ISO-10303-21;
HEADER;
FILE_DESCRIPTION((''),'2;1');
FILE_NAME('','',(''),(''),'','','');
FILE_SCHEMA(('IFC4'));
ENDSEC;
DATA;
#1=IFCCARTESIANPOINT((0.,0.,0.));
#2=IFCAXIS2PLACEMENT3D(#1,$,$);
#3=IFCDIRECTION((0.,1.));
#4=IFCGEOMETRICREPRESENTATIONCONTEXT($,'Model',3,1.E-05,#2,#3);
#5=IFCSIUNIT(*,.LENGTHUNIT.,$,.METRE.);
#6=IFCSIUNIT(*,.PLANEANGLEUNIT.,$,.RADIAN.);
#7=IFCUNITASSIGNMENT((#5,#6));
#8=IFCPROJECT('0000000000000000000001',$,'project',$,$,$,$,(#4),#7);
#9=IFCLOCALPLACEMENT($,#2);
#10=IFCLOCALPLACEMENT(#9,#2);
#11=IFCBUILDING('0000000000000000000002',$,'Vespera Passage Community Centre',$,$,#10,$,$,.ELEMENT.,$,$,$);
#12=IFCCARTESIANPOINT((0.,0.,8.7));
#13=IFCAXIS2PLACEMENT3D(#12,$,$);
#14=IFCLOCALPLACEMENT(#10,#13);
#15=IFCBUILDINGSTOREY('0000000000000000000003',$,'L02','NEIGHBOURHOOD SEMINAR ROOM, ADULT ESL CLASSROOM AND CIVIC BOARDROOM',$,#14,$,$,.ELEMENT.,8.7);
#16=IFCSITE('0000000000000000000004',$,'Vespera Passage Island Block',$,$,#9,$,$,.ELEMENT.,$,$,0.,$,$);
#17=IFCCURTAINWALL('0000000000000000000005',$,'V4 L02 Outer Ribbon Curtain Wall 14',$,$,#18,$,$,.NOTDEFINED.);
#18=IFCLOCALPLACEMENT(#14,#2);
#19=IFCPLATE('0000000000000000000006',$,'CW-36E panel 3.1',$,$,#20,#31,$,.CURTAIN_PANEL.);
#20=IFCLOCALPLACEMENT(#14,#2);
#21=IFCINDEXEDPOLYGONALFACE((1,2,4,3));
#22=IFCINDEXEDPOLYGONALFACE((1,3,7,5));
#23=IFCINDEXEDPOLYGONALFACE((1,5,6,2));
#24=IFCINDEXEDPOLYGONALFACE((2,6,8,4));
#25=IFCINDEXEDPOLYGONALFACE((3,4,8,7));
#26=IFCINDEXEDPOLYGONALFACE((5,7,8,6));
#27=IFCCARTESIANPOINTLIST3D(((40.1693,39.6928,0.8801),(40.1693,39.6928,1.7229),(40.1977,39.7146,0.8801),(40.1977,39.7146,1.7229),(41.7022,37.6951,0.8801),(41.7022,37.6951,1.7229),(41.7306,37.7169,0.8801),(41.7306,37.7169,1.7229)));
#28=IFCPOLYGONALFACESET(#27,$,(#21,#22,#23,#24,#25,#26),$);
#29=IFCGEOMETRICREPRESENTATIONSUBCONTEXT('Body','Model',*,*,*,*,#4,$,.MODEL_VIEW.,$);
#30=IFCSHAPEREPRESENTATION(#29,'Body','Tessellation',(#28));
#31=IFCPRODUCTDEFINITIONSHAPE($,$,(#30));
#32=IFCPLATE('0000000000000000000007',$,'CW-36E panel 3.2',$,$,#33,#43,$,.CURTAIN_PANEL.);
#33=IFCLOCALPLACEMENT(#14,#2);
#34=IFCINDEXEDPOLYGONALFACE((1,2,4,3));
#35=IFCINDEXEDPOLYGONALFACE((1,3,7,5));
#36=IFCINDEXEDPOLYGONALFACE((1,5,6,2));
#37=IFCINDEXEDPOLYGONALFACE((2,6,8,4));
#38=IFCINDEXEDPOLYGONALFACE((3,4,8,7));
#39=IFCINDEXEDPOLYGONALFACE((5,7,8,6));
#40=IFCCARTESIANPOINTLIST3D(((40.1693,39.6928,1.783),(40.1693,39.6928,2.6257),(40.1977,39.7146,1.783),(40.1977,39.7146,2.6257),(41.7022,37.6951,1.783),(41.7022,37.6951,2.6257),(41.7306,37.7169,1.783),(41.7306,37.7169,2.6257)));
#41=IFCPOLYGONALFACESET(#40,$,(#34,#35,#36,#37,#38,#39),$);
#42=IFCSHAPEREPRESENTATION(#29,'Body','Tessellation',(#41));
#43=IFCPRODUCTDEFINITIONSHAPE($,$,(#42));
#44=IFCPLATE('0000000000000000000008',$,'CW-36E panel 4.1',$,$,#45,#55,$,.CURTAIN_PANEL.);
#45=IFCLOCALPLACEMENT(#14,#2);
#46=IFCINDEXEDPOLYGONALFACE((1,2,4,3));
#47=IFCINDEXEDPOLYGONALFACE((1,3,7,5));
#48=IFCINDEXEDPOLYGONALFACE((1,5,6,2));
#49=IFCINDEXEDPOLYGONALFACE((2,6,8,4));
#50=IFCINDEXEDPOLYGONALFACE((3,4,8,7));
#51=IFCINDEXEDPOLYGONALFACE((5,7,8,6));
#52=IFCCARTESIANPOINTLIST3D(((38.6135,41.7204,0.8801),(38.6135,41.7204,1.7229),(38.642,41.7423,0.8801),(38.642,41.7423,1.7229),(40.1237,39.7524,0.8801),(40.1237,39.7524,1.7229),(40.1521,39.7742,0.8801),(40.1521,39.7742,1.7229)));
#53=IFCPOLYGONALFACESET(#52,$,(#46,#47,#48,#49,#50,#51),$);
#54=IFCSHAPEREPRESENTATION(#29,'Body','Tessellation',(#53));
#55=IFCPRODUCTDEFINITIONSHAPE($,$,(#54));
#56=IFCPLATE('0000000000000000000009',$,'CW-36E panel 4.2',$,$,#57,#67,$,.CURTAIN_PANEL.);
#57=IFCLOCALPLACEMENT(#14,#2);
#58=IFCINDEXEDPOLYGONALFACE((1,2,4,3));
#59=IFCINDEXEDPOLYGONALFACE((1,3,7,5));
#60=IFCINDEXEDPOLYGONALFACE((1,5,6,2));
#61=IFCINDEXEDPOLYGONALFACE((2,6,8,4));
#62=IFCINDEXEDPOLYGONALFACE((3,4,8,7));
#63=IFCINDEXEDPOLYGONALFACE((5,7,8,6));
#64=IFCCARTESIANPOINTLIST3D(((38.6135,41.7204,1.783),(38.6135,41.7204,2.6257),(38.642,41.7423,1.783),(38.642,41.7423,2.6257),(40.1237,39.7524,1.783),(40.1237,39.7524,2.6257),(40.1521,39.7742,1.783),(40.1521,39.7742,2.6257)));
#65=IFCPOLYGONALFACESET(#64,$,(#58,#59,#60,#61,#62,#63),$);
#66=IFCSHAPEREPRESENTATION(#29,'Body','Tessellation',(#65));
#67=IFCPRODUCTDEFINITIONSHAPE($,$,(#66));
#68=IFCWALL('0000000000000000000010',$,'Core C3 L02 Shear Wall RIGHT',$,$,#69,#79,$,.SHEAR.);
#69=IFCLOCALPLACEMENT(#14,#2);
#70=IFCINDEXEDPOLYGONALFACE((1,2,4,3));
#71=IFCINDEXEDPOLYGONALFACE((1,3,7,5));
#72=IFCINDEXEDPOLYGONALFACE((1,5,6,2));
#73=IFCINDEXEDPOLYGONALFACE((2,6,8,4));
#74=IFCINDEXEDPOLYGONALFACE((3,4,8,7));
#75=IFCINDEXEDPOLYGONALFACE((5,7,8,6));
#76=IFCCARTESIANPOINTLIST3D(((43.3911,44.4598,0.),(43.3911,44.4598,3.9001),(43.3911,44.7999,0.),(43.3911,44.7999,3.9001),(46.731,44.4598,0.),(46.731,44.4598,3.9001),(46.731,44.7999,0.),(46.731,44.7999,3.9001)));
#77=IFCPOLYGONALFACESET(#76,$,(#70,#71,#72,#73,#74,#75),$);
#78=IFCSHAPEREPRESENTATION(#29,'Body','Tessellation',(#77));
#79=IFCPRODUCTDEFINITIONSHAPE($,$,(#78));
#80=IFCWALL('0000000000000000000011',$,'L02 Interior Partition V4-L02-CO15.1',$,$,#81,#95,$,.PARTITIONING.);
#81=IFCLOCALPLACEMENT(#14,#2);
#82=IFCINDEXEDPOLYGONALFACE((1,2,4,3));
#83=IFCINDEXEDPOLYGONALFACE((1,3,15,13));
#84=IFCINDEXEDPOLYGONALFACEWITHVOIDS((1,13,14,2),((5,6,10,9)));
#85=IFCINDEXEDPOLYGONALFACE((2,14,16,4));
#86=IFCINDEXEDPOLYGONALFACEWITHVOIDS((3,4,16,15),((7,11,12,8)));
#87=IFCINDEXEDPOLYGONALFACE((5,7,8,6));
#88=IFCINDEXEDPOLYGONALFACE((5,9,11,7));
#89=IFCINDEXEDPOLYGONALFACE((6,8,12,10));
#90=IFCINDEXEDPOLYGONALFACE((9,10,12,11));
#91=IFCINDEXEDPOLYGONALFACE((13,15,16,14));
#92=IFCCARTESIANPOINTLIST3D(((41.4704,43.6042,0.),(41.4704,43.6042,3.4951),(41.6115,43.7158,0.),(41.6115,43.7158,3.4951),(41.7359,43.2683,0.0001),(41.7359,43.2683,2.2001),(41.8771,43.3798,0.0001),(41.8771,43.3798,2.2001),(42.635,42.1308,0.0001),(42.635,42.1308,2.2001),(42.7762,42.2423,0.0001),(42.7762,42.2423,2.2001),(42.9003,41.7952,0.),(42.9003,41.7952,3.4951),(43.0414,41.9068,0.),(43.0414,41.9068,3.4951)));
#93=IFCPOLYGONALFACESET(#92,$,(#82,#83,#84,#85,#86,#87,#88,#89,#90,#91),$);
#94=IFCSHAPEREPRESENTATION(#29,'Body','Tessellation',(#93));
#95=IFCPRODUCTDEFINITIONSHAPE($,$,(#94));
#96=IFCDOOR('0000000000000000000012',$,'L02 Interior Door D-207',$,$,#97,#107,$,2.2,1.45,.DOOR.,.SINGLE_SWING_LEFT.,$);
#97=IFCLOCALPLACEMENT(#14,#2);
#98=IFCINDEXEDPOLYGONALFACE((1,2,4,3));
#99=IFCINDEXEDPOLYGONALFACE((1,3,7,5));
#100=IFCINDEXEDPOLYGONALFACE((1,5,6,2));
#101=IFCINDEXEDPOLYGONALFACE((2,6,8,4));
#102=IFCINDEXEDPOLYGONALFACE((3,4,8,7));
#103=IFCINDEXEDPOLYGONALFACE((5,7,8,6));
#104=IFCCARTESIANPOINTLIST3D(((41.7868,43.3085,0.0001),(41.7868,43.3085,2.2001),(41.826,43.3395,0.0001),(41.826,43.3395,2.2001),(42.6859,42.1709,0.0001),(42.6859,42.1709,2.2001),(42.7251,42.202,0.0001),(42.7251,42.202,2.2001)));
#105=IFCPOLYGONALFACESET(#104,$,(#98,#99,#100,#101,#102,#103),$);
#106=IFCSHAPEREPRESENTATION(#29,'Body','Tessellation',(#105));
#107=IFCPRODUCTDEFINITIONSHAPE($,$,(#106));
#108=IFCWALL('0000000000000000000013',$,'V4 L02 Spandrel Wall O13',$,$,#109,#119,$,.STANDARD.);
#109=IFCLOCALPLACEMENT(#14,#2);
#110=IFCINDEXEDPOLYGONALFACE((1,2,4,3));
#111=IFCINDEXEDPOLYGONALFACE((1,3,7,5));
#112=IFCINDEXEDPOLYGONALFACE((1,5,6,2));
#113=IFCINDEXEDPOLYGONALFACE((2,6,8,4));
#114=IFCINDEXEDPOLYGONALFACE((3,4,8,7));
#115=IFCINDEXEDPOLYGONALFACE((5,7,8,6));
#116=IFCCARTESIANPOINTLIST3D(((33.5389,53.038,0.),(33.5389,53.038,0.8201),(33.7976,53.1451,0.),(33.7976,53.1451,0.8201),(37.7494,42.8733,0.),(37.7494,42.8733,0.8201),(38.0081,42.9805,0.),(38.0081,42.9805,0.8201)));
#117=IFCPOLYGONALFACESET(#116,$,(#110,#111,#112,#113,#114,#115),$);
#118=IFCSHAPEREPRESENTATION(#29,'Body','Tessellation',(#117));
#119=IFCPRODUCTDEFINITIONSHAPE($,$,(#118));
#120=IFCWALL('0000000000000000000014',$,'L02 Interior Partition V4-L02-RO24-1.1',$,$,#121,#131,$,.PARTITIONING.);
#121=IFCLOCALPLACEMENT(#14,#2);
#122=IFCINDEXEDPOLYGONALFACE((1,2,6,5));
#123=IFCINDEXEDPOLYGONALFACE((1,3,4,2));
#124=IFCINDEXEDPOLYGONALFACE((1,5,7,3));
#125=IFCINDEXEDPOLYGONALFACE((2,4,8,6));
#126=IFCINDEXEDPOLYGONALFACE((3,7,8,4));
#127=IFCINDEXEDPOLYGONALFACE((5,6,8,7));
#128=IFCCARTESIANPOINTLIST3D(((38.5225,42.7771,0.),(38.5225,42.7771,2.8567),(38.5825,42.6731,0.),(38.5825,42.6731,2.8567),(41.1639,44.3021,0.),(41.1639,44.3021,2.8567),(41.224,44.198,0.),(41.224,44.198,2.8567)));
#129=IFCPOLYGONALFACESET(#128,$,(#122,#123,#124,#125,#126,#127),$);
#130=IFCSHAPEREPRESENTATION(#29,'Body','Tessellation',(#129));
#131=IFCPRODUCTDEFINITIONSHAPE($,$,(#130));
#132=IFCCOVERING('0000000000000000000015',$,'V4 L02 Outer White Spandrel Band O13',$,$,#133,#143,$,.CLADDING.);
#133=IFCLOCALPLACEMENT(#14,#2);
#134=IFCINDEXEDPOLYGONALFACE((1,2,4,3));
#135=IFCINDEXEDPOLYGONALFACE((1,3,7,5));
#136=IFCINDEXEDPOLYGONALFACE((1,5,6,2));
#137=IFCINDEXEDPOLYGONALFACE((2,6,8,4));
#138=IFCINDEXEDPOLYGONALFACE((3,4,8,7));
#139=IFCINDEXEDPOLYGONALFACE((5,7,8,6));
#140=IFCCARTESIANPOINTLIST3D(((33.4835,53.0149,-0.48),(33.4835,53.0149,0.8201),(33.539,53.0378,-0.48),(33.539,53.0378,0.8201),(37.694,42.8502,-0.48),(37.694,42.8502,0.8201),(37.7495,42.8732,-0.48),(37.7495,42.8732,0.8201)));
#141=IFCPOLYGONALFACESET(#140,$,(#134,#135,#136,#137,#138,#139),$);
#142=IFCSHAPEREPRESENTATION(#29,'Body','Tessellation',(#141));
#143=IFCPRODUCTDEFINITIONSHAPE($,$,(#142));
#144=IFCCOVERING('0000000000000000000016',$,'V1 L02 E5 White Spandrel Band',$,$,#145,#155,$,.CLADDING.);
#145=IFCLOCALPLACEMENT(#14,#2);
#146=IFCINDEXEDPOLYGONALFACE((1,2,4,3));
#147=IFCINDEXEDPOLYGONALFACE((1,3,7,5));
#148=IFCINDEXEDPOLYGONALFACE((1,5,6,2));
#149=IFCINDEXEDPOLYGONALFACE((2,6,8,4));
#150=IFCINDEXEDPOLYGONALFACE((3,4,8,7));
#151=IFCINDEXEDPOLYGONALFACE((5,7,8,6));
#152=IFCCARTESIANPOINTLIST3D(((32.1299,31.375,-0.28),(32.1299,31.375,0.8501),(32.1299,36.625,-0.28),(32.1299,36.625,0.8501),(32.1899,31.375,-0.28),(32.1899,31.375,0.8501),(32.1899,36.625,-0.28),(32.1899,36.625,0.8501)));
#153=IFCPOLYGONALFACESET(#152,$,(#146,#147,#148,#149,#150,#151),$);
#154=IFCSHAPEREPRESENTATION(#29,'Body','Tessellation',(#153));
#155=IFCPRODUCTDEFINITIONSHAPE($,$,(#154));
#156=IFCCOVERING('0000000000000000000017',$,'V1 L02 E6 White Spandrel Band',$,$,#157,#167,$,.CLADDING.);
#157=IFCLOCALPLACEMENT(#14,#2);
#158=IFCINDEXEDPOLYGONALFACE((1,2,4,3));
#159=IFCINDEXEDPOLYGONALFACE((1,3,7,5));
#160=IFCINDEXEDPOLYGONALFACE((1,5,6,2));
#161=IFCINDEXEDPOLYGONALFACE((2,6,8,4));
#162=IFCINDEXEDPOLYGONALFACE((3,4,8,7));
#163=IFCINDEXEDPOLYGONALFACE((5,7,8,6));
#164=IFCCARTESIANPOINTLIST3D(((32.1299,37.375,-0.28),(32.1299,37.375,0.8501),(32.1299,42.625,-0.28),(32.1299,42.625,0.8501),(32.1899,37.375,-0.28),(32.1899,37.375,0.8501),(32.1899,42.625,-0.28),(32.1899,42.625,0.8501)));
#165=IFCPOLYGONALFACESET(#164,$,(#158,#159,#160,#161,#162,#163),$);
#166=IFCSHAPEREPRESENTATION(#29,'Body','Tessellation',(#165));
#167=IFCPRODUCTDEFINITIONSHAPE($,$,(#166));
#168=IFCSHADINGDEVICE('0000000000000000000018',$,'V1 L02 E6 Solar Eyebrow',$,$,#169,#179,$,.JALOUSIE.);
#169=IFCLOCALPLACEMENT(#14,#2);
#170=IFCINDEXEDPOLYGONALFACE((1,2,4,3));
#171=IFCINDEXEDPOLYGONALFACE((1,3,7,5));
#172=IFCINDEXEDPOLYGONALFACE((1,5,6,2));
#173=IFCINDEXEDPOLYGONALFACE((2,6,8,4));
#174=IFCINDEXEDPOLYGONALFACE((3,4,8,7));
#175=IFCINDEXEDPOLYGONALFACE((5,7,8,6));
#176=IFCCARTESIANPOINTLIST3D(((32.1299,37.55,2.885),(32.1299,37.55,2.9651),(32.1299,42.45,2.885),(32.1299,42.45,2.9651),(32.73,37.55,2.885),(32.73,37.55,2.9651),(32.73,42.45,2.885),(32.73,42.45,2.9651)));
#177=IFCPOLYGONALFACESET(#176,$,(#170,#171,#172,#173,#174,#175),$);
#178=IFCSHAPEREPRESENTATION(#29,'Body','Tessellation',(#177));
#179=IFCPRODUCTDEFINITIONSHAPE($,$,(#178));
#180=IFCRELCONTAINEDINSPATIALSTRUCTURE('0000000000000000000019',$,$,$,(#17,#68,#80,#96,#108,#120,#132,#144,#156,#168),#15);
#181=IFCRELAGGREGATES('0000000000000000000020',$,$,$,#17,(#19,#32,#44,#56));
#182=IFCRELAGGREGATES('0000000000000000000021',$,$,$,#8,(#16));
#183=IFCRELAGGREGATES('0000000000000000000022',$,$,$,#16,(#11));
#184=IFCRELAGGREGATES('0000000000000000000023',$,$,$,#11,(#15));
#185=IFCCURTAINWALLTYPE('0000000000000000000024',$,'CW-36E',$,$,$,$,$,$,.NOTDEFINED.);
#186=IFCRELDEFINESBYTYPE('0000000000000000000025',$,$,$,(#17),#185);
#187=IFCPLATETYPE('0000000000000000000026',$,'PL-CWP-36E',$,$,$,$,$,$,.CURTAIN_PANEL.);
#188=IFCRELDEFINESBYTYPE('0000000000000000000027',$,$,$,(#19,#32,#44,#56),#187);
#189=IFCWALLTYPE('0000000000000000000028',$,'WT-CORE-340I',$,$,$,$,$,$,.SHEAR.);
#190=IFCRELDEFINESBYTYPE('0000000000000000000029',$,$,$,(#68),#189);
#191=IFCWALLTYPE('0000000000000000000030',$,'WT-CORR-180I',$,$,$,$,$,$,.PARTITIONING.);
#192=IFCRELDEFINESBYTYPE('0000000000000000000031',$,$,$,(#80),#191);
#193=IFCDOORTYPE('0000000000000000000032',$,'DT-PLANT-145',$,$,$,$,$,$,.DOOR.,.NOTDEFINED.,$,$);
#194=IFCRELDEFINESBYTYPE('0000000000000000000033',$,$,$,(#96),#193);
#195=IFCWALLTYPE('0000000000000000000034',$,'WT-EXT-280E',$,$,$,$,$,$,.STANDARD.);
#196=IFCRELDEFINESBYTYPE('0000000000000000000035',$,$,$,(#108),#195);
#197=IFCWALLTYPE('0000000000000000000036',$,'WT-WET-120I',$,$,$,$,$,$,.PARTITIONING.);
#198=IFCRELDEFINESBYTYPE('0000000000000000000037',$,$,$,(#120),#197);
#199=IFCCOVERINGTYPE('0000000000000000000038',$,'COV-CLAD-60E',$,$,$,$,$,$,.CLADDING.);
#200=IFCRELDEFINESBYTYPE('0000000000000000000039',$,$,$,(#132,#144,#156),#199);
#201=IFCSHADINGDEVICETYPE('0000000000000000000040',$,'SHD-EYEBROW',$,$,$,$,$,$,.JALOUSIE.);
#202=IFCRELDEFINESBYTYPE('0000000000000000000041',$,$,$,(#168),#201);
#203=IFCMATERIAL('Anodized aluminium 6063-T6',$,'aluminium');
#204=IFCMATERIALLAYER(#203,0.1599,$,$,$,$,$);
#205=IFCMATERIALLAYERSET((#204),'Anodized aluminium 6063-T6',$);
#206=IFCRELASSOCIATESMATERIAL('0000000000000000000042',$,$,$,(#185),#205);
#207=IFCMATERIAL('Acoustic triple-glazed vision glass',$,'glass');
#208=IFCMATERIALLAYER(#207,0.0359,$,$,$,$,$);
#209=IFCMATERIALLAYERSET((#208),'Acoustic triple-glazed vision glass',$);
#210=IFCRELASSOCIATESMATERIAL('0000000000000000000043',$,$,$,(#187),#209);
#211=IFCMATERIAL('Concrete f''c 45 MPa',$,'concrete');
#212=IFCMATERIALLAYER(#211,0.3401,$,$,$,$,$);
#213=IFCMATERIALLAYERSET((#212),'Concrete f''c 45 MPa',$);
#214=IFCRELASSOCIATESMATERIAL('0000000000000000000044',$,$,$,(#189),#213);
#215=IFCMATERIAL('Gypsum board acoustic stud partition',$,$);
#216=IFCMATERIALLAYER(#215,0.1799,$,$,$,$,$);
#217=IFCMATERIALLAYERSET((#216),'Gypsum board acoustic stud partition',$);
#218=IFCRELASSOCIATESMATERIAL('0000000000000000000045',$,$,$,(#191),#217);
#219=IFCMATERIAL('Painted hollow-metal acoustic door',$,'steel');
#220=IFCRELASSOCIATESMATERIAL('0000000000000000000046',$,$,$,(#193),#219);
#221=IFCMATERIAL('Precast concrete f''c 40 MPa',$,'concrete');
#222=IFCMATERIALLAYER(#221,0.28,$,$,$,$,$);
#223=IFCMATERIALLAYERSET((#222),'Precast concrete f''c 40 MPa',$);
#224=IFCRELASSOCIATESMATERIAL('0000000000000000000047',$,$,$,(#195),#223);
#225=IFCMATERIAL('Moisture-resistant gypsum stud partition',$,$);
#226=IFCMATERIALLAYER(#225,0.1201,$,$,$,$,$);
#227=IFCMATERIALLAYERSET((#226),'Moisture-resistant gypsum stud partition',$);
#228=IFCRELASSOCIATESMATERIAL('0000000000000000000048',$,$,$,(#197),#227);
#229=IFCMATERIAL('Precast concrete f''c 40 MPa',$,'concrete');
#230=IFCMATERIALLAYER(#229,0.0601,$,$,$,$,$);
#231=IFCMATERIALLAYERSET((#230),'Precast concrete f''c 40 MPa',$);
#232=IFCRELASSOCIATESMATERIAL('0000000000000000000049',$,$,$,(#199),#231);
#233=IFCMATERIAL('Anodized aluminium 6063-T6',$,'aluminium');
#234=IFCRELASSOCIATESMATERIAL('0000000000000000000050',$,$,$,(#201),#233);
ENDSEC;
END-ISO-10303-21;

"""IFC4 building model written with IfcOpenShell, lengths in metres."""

from ifc_helpers import new_model, si_unit, direction, frame, frame_2d, origin, origin_2d, place, context, subcontext, project, spatial, rectangle, extrude, material, layer, layer_set, type_object, element, fill, aggregate, save


model = new_model("IFC4")

# Units and contexts
model_context = context("Model", 3, precision=1e-05, world=origin(), true_north=direction((0.0, 1.0)))
body_context = subcontext(model_context, "Body", "Model", "MODEL_VIEW")
ifc_project = project(units=[si_unit("LENGTHUNIT", "METRE"), si_unit("PLANEANGLEUNIT", "RADIAN")], contexts=[model_context])

# Site, building, storey
site_placement = place(None, origin())
site = spatial("IfcSite", under=ifc_project, at=site_placement, Name="Vespera Passage Island Block", CompositionType="ELEMENT", RefElevation=0.0)
building_placement = place(site_placement, origin())
building = spatial("IfcBuilding", under=site, at=building_placement, Name="Vespera Passage Community Centre", CompositionType="ELEMENT")
storey_placement = place(building_placement, frame((0.0, 0.0, 8.7)))
storey = spatial("IfcBuildingStorey", under=building, at=storey_placement, Name="L02", Description="NEIGHBOURHOOD SEMINAR ROOM, ADULT ESL CLASSROOM AND CIVIC BOARDROOM", CompositionType="ELEMENT", Elevation=8.7)

# Curtain wall
ifc_material_1 = material(Name="Anodized aluminium 6063-T6", Category="aluminium")
ifc_layer_1 = layer(ifc_material_1, 0.1599)
ifc_layer_set_1 = layer_set([ifc_layer_1], Name="Anodized aluminium 6063-T6")
curtain_wall_type_1 = type_object("IfcCurtainWallType", Name="CW-36E", PredefinedType="NOTDEFINED", material=ifc_layer_set_1)
curtain_wall_1_placement = place(storey_placement, origin())
curtain_wall_1 = element("IfcCurtainWall", 1, at=curtain_wall_1_placement, inside=storey, type_object=curtain_wall_type_1, Name="V4 L02 Outer Ribbon Curtain Wall 14", PredefinedType="NOTDEFINED")

# Plates
ifc_material_2 = material(Name="Acoustic triple-glazed vision glass", Category="glass")
ifc_layer_2 = layer(ifc_material_2, 0.0359)
ifc_layer_set_2 = layer_set([ifc_layer_2], Name="Acoustic triple-glazed vision glass")
plate_type_1 = type_object("IfcPlateType", Name="PL-CWP-36E", PredefinedType="CURTAIN_PANEL", material=ifc_layer_set_2)
plate_1_placement = place(storey_placement, frame((40.95, 38.7048, 0.8801), z_axis=(0.0, 0.0, 1.0), x_axis=(-0.608765, 0.79335, 0.0)))
plate_1 = element("IfcPlate", 2, at=plate_1_placement, type_object=plate_type_1, Name="CW-36E panel 3.1", PredefinedType="CURTAIN_PANEL", context=body_context, shape_type="SweptSolid", body=[
    extrude(rectangle(XDim=2.5181, YDim=0.0359, at=origin_2d()), origin(), (0.0, 0.0, 1.0), 0.8428),
])
plate_2_placement = place(storey_placement, frame((40.95, 38.7048, 1.783), z_axis=(0.0, 0.0, 1.0), x_axis=(-0.608765, 0.79335, 0.0)))
plate_2 = element("IfcPlate", 3, at=plate_2_placement, type_object=plate_type_1, Name="CW-36E panel 3.2", PredefinedType="CURTAIN_PANEL", context=body_context, shape_type="SweptSolid", body=[
    extrude(rectangle(XDim=2.5181, YDim=0.0359, at=origin_2d()), origin(), (0.0, 0.0, 1.0), 0.8428),
])
plate_3_placement = place(storey_placement, frame((39.3828, 40.7473, 0.8801), z_axis=(0.0, 0.0, 1.0), x_axis=(-0.608765, 0.79335, 0.0)))
plate_3 = element("IfcPlate", 4, at=plate_3_placement, type_object=plate_type_1, Name="CW-36E panel 4.1", PredefinedType="CURTAIN_PANEL", context=body_context, shape_type="SweptSolid", body=[
    extrude(rectangle(XDim=2.4807, YDim=0.0359, at=origin_2d()), origin(), (0.0, 0.0, 1.0), 0.8428),
])
plate_4_placement = place(storey_placement, frame((39.3828, 40.7473, 1.783), z_axis=(0.0, 0.0, 1.0), x_axis=(-0.608765, 0.79335, 0.0)))
plate_4 = element("IfcPlate", 5, at=plate_4_placement, type_object=plate_type_1, Name="CW-36E panel 4.2", PredefinedType="CURTAIN_PANEL", context=body_context, shape_type="SweptSolid", body=[
    extrude(rectangle(XDim=2.4807, YDim=0.0359, at=origin_2d()), origin(), (0.0, 0.0, 1.0), 0.8428),
])
aggregate(curtain_wall_1, [plate_1, plate_2, plate_3, plate_4])

# Wall
ifc_material_3 = material(Name="Concrete f'c 45 MPa", Category="concrete")
ifc_layer_3 = layer(ifc_material_3, 0.3401)
ifc_layer_set_3 = layer_set([ifc_layer_3], Name="Concrete f'c 45 MPa")
wall_type_1 = type_object("IfcWallType", Name="WT-CORE-340I", PredefinedType="SHEAR", material=ifc_layer_set_3)
wall_1_placement = place(storey_placement, frame((43.3911, 44.6299, 0.0), z_axis=(0.0, 0.0, 1.0), x_axis=(1.0, 0.0, 0.0)))
element("IfcWall", 6, at=wall_1_placement, inside=storey, type_object=wall_type_1, Name="Core C3 L02 Shear Wall RIGHT", PredefinedType="SHEAR", context=body_context, shape_type="SweptSolid", body=[
    extrude(rectangle(XDim=3.3398, YDim=0.3401, at=frame_2d((1.6699, 0.0))), origin(), (0.0, 0.0, 1.0), 3.9001),
])

# Wall, opening, door
ifc_material_4 = material(Name="Gypsum board acoustic stud partition")
ifc_layer_4 = layer(ifc_material_4, 0.1799)
ifc_layer_set_4 = layer_set([ifc_layer_4], Name="Gypsum board acoustic stud partition")
wall_type_2 = type_object("IfcWallType", Name="WT-CORR-180I", PredefinedType="PARTITIONING", material=ifc_layer_set_4)
wall_2_placement = place(storey_placement, frame((41.541, 43.6599, 0.0), z_axis=(0.0, 0.0, 1.0), x_axis=(0.620101, -0.784522, 0.0)))
wall_2 = element("IfcWall", 7, at=wall_2_placement, inside=storey, type_object=wall_type_2, Name="L02 Interior Partition V4-L02-CO15.1", PredefinedType="PARTITIONING", context=body_context, shape_type="SweptSolid", body=[
    extrude(rectangle(XDim=2.3059, YDim=0.1799, at=frame_2d((1.1528, 0.0))), origin(), (0.0, 0.0, 1.0), 3.4951),
])
opening_placement = place(wall_2_placement, frame((0.428, 0.0, 0.0)))
opening = element("IfcOpeningElement", 8, at=opening_placement, cuts=wall_2, PredefinedType="OPENING", context=body_context, shape_type="SweptSolid", body=[
    extrude(rectangle(XDim=1.45, YDim=2.2, at=frame_2d((0.7251, 1.1001))), frame((0.0, 0.0999, 0.0), z_axis=(0.0, -1.0, 0.0), x_axis=(1.0, 0.0, 0.0)), (0.0, 0.0, 1.0), 0.2),
])
ifc_material_5 = material(Name="Painted hollow-metal acoustic door", Category="steel")
door_type = type_object("IfcDoorType", Name="DT-PLANT-145", OperationType="NOTDEFINED", PredefinedType="DOOR", material=ifc_material_5)
door_placement = place(opening_placement, origin())
door = element("IfcDoor", 9, at=door_placement, inside=storey, type_object=door_type, Name="L02 Interior Door D-207", OperationType="SINGLE_SWING_LEFT", OverallHeight=2.2, OverallWidth=1.45, PredefinedType="DOOR", context=body_context, shape_type="SweptSolid", body=[
    extrude(rectangle(XDim=1.45, YDim=2.2, at=frame_2d((0.7251, 1.1001))), frame((0.0, 0.0249, 0.0), z_axis=(0.0, -1.0, 0.0), x_axis=(1.0, 0.0, 0.0)), (0.0, 0.0, 1.0), 0.05),
])
fill(opening, door)

# Walls
ifc_material_6 = material(Name="Precast concrete f'c 40 MPa", Category="concrete")
ifc_layer_5 = layer(ifc_material_6, 0.28)
ifc_layer_set_5 = layer_set([ifc_layer_5], Name="Precast concrete f'c 40 MPa")
wall_type_3 = type_object("IfcWallType", Name="WT-EXT-280E", PredefinedType="STANDARD", material=ifc_layer_set_5)
wall_3_placement = place(storey_placement, frame((37.8787, 42.927, 0.0), z_axis=(0.0, 0.0, 1.0), x_axis=(-0.382695, 0.923875, 0.0)))
element("IfcWall", 10, at=wall_3_placement, inside=storey, type_object=wall_type_3, Name="V4 L02 Spandrel Wall O13", PredefinedType="STANDARD", context=body_context, shape_type="SweptSolid", body=[
    extrude(rectangle(XDim=11.0022, YDim=0.28, at=frame_2d((5.501, 0.0))), origin(), (0.0, 0.0, 1.0), 0.8201),
])
ifc_material_7 = material(Name="Moisture-resistant gypsum stud partition")
ifc_layer_6 = layer(ifc_material_7, 0.1201)
ifc_layer_set_6 = layer_set([ifc_layer_6], Name="Moisture-resistant gypsum stud partition")
wall_type_4 = type_object("IfcWallType", Name="WT-WET-120I", PredefinedType="PARTITIONING", material=ifc_layer_set_6)
wall_4_placement = place(storey_placement, frame((41.1938, 44.25, 0.0), z_axis=(0.0, 0.0, 1.0), x_axis=(-0.866038, -0.499979, 0.0)))
element("IfcWall", 11, at=wall_4_placement, inside=storey, type_object=wall_type_4, Name="L02 Interior Partition V4-L02-RO24-1.1", PredefinedType="PARTITIONING", context=body_context, shape_type="SweptSolid", body=[
    extrude(rectangle(XDim=3.05, YDim=0.1201, at=frame_2d((1.5249, 0.0))), origin(), (0.0, 0.0, 1.0), 2.8567),
])

# Coverings
ifc_material_8 = material(Name="Precast concrete f'c 40 MPa", Category="concrete")
ifc_layer_7 = layer(ifc_material_8, 0.0601)
ifc_layer_set_7 = layer_set([ifc_layer_7], Name="Precast concrete f'c 40 MPa")
covering_type = type_object("IfcCoveringType", Name="COV-CLAD-60E", PredefinedType="CLADDING", material=ifc_layer_set_7)
covering_placement = place(storey_placement, frame((37.7217, 42.8618, -0.48), z_axis=(0.0, 0.0, 1.0), x_axis=(-0.382695, 0.923875, 0.0)))
element("IfcCovering", 12, at=covering_placement, inside=storey, type_object=covering_type, Name="V4 L02 Outer White Spandrel Band O13", PredefinedType="CLADDING", context=body_context, shape_type="SweptSolid", body=[
    extrude(rectangle(XDim=11.0022, YDim=0.0601, at=frame_2d((5.501, 0.0))), origin(), (0.0, 0.0, 1.0), 1.3),
])
for number, where, z_axis, x_axis, name in (
    (13, (32.1599, 36.625, -0.28), (0.0, 0.0, 1.0), (0.0, -1.0, 0.0), "V1 L02 E5 White Spandrel Band"),
    (14, (32.1599, 42.625, -0.28), (0.0, 0.0, 1.0), (0.0, -1.0, 0.0), "V1 L02 E6 White Spandrel Band"),
):
    element("IfcCovering", number, at=place(storey_placement, frame(where, z_axis=z_axis, x_axis=x_axis)), inside=storey, type_object=covering_type, Name=name, PredefinedType="CLADDING", context=body_context, shape_type="SweptSolid", body=[
        extrude(rectangle(XDim=5.25, YDim=0.0601, at=frame_2d((2.625, 0.0))), origin(), (0.0, 0.0, 1.0), 1.1301),
    ])

# Shading device
ifc_material_9 = material(Name="Anodized aluminium 6063-T6", Category="aluminium")
shading_device_type = type_object("IfcShadingDeviceType", Name="SHD-EYEBROW", PredefinedType="JALOUSIE", material=ifc_material_9)
shading_device_placement = place(storey_placement, frame((32.4299, 40.0, 2.885), z_axis=(0.0, 0.0, 1.0), x_axis=(0.0, -1.0, 0.0)))
element("IfcShadingDevice", 15, at=shading_device_placement, inside=storey, type_object=shading_device_type, Name="V1 L02 E6 Solar Eyebrow", PredefinedType="JALOUSIE", context=body_context, shape_type="SweptSolid", body=[
    extrude(rectangle(XDim=4.8999, YDim=0.6001, at=origin_2d()), origin(), (0.0, 0.0, 1.0), 0.0801),
])

save(model, "model.ifc")
